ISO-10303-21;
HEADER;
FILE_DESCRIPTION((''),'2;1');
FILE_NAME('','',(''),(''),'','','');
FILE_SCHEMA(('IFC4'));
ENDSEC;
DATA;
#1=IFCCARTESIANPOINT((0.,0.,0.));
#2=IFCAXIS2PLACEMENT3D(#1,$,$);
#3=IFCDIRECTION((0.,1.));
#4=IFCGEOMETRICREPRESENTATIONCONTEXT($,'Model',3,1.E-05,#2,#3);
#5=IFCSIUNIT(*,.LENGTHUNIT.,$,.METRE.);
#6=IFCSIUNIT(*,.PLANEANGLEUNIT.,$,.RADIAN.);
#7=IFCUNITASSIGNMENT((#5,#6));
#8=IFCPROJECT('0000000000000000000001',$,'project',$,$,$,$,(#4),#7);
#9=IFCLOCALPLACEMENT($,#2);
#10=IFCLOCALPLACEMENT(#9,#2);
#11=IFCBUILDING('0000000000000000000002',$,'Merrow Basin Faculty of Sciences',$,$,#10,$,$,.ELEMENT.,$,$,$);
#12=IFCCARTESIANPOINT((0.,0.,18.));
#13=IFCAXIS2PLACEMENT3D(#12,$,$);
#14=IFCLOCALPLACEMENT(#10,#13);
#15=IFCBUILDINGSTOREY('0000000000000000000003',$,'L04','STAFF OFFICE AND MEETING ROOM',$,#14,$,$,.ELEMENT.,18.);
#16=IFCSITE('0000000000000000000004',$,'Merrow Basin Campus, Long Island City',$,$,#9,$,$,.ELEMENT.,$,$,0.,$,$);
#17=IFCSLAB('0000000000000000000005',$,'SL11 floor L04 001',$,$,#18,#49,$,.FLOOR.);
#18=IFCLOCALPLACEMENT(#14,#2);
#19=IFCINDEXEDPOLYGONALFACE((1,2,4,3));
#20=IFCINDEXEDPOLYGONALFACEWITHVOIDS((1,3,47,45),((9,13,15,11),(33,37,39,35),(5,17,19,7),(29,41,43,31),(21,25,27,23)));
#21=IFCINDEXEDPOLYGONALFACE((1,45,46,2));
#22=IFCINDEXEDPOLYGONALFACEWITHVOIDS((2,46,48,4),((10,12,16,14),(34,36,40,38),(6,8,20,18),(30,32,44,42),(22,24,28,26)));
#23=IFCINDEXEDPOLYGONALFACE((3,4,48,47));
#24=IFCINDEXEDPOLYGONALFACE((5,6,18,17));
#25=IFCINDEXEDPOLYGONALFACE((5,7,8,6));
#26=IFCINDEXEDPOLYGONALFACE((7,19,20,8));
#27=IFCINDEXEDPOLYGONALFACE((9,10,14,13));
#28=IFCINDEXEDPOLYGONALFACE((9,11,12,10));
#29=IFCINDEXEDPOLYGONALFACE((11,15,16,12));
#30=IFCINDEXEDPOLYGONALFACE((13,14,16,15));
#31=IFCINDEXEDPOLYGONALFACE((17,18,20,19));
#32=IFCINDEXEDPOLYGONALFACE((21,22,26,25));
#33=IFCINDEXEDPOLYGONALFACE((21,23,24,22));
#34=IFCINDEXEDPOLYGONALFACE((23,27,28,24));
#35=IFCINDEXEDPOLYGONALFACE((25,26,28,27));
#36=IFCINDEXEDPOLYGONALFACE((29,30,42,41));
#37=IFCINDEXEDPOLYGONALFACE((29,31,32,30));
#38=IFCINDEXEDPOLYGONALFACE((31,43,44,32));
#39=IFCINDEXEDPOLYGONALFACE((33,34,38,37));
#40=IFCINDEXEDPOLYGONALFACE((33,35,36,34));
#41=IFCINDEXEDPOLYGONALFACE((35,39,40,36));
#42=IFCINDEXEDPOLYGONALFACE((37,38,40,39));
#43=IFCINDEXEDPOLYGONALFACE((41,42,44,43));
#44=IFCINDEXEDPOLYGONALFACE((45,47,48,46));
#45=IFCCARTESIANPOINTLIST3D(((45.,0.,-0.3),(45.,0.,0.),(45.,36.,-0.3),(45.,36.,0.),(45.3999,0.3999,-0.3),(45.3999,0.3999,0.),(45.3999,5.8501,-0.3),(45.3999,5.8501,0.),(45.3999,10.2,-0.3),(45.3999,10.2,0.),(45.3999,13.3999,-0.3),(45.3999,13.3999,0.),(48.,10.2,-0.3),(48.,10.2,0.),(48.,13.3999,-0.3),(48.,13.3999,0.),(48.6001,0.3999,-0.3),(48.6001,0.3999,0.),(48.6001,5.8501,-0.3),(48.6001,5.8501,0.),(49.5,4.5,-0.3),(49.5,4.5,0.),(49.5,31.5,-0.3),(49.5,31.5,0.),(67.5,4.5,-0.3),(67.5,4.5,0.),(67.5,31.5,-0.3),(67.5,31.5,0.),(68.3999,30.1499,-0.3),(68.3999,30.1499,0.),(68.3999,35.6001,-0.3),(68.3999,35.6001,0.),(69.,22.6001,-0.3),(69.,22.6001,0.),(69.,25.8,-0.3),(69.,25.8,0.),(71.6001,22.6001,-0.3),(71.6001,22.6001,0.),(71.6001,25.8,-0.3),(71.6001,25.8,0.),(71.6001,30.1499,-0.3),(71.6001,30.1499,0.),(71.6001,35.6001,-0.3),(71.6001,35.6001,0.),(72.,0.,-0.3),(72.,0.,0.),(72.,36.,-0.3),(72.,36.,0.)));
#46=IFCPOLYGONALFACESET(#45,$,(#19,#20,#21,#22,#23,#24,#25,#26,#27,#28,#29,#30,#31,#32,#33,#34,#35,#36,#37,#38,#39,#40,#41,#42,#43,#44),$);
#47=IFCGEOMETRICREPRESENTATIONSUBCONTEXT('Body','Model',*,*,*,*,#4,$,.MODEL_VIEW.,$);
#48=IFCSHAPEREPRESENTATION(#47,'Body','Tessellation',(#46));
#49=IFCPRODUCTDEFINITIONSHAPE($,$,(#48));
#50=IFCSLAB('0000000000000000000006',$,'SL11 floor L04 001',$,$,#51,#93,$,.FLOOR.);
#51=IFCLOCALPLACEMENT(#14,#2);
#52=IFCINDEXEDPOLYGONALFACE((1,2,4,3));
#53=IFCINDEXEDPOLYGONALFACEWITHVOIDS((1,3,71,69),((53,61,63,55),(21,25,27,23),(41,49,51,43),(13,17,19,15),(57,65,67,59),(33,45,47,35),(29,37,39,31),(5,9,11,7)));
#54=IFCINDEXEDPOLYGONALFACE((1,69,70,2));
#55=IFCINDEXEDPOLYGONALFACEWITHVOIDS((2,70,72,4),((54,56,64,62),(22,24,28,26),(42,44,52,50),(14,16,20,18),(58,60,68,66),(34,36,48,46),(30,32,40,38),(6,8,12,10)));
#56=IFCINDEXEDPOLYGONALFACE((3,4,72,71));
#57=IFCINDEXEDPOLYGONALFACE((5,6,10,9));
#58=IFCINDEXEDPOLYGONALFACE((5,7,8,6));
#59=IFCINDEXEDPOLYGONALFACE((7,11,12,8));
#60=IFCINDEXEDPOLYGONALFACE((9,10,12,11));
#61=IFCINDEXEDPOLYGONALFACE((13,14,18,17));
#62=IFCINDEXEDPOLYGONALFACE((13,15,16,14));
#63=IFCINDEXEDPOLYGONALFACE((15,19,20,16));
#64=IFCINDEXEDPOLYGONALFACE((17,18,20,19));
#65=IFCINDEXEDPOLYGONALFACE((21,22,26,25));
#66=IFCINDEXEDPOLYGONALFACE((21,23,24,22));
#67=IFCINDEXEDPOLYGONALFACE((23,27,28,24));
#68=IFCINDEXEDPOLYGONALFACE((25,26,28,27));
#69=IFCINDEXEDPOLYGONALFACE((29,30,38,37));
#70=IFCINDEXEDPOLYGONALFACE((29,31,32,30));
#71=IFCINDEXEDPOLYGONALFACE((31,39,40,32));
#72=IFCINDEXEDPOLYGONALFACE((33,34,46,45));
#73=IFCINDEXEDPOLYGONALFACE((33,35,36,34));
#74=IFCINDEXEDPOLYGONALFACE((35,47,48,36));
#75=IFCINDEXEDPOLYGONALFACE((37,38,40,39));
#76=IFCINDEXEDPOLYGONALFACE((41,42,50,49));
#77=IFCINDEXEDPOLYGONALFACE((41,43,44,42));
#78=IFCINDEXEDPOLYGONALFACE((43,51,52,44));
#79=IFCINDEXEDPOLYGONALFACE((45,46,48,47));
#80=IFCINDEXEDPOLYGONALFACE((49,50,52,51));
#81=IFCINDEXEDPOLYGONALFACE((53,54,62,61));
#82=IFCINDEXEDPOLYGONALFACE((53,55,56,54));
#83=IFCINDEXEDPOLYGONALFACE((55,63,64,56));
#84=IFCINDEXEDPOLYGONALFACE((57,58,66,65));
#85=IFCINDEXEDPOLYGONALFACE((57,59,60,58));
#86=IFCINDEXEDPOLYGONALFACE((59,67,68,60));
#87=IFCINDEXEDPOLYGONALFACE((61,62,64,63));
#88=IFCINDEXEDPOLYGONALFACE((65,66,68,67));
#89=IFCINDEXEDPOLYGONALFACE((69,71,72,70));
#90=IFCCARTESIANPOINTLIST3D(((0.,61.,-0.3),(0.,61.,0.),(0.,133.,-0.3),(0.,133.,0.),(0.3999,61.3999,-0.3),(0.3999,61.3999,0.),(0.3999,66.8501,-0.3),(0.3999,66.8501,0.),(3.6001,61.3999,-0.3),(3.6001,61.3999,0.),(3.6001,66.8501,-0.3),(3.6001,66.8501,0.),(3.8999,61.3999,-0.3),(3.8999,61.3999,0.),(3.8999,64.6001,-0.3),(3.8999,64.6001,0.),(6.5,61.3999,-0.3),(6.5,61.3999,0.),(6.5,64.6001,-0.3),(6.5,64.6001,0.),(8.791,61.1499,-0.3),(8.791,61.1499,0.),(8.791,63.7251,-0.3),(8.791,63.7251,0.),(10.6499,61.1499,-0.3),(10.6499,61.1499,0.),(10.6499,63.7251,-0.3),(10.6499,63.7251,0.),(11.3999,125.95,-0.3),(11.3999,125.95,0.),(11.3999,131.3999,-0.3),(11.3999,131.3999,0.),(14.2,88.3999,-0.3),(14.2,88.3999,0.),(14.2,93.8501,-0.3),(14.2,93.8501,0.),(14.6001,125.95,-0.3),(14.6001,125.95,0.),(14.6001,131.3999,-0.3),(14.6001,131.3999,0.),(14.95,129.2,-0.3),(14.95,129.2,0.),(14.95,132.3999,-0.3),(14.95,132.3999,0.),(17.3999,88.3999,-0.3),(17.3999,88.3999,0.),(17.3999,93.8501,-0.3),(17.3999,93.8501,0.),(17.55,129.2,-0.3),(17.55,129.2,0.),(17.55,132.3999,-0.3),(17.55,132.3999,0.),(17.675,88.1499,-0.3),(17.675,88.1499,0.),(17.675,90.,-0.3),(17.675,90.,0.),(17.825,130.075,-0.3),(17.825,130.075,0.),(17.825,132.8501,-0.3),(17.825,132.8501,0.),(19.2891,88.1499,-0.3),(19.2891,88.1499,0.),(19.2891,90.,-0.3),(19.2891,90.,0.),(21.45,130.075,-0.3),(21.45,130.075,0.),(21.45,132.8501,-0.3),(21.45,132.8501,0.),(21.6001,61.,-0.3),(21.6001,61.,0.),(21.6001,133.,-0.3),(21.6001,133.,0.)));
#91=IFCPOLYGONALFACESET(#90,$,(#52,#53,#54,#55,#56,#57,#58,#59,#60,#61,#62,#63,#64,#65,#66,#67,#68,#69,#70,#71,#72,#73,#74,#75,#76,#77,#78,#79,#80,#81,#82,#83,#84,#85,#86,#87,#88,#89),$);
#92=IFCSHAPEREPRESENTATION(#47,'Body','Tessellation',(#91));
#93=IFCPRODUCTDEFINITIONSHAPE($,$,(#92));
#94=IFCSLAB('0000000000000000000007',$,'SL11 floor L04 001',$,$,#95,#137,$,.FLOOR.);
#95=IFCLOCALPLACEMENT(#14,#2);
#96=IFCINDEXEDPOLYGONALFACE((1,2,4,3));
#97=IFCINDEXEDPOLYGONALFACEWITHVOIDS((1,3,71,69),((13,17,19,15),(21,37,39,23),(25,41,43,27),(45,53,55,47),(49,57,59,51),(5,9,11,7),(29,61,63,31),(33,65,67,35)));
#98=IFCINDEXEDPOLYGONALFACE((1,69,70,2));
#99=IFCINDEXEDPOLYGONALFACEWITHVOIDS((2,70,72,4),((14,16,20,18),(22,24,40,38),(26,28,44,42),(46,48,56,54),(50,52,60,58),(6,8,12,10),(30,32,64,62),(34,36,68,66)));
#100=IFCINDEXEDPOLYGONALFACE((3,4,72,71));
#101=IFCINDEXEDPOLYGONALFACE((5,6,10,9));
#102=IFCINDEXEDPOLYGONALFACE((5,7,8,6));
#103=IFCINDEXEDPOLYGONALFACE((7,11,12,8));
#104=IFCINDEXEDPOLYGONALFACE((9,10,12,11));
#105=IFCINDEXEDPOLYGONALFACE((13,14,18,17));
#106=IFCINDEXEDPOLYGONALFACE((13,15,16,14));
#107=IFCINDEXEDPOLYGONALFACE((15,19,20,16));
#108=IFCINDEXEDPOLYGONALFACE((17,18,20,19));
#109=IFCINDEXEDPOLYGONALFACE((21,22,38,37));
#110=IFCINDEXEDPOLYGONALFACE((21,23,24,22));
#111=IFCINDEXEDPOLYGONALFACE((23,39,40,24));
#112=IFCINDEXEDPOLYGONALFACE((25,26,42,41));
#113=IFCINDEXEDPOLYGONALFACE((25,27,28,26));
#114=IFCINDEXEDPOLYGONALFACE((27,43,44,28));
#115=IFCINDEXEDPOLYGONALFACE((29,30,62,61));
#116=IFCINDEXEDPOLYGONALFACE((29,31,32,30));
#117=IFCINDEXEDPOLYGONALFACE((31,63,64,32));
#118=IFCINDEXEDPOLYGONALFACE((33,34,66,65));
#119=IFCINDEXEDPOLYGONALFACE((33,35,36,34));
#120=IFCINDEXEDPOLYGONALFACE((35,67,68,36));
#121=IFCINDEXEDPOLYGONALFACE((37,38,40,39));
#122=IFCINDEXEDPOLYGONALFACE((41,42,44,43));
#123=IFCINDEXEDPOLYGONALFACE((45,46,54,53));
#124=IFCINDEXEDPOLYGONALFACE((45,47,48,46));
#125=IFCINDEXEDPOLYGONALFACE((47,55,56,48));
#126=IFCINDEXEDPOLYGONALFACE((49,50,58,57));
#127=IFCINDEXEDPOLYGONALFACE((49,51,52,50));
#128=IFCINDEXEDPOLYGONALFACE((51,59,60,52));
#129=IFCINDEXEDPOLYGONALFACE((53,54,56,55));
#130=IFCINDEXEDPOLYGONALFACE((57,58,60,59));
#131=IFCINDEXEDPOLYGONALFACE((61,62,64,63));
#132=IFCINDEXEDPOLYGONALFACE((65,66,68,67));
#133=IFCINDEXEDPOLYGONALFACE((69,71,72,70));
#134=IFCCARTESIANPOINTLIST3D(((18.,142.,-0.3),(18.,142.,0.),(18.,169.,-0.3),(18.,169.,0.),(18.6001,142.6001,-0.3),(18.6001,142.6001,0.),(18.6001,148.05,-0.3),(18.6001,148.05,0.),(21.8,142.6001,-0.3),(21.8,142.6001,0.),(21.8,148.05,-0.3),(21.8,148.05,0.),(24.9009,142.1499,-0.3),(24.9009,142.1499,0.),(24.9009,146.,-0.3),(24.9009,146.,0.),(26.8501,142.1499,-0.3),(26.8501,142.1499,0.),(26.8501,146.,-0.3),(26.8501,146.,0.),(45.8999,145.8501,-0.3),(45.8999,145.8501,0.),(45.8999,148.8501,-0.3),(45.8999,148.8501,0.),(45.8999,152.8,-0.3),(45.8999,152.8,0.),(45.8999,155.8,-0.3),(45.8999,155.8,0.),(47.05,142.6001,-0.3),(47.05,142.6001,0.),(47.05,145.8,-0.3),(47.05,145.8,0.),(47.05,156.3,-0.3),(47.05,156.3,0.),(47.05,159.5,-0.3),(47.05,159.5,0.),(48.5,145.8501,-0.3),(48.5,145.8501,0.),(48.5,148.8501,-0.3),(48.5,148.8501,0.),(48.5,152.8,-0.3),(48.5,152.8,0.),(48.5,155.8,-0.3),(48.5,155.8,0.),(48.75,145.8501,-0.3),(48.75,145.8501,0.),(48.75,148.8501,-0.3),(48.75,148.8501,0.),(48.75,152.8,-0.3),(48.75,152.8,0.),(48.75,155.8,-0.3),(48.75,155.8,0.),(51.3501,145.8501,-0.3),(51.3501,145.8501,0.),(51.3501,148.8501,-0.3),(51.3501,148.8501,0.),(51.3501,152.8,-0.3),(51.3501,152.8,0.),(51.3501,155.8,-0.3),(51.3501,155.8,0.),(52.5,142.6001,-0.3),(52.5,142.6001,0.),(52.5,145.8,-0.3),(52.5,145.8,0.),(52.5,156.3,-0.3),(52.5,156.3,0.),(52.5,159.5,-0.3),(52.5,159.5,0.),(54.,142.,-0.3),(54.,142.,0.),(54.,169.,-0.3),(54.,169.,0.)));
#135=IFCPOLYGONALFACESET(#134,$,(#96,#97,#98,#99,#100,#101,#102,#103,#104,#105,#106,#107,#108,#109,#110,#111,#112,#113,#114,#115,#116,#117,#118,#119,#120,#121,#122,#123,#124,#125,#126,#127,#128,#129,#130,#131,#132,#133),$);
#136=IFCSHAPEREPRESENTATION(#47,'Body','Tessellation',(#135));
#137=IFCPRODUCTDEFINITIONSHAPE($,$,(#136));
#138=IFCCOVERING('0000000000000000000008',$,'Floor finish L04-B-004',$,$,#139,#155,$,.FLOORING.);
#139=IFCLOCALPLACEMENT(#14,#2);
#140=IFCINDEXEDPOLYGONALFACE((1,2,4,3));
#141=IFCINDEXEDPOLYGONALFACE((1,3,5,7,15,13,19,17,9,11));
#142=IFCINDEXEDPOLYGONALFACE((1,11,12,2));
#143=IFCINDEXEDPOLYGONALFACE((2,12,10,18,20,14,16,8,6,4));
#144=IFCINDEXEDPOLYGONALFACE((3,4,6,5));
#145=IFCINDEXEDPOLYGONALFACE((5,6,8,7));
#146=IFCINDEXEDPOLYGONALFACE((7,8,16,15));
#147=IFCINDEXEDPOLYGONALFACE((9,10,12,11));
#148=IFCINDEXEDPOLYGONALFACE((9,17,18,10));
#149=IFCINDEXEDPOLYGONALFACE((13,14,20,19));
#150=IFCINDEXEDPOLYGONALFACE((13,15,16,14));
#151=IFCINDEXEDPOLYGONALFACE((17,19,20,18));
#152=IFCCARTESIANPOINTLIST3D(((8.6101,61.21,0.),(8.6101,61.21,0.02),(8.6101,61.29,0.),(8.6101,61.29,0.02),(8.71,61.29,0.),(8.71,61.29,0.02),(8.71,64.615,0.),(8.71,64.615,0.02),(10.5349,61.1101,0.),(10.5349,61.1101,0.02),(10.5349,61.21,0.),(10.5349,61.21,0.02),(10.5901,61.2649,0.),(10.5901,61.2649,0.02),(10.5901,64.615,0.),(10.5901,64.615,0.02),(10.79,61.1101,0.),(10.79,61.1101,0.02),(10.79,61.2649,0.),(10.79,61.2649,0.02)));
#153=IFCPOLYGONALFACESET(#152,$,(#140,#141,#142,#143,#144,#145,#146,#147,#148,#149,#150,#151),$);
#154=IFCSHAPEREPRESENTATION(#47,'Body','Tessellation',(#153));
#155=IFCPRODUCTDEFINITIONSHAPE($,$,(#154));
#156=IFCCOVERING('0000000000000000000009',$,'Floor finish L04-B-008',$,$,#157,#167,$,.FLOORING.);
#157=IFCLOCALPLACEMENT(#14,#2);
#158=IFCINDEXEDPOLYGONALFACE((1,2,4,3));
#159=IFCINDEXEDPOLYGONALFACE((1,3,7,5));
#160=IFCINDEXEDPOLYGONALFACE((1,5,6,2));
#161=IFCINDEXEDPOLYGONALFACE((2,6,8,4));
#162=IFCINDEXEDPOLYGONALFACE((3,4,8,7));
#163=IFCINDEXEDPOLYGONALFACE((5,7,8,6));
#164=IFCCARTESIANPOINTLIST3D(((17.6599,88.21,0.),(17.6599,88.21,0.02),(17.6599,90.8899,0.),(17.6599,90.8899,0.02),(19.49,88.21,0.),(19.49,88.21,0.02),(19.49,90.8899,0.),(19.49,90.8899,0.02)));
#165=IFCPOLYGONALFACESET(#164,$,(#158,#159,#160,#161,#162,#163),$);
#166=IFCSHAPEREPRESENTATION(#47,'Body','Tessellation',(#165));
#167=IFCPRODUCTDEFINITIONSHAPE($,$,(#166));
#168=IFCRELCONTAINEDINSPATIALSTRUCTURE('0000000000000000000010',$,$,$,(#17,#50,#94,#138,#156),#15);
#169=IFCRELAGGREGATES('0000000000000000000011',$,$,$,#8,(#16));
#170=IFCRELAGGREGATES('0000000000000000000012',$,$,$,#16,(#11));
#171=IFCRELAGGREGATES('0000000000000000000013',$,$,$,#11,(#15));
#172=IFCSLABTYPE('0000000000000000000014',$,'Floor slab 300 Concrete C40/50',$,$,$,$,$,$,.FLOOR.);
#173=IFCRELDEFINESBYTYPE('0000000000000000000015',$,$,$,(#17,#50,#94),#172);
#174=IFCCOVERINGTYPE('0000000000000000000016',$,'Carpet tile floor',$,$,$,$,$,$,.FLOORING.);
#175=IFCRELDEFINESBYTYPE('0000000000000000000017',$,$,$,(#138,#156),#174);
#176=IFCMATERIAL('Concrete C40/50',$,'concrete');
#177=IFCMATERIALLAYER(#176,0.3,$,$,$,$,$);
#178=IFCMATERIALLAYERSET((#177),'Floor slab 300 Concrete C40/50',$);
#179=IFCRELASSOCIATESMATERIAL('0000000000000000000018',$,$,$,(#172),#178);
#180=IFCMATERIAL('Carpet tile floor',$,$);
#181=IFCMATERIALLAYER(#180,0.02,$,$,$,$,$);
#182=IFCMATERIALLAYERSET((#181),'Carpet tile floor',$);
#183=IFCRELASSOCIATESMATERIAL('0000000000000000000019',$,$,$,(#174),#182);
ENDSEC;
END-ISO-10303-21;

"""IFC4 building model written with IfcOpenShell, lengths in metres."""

from ifc_helpers import new_model, si_unit, direction, frame, origin, place, context, subcontext, project, spatial, polyline, outline, extrude, material, layer, layer_set, type_object, element, save


model = new_model("IFC4")

# Units and contexts
model_context = context("Model", 3, precision=1e-05, world=origin(), true_north=direction((0.0, 1.0)))
body_context = subcontext(model_context, "Body", "Model", "MODEL_VIEW")
ifc_project = project(units=[si_unit("LENGTHUNIT", "METRE"), si_unit("PLANEANGLEUNIT", "RADIAN")], contexts=[model_context])

# Site, building, storey
site_placement = place(None, origin())
site = spatial("IfcSite", under=ifc_project, at=site_placement, Name="Merrow Basin Campus, Long Island City", CompositionType="ELEMENT", RefElevation=0.0)
building_placement = place(site_placement, origin())
building = spatial("IfcBuilding", under=site, at=building_placement, Name="Merrow Basin Faculty of Sciences", CompositionType="ELEMENT")
storey_placement = place(building_placement, frame((0.0, 0.0, 18.0)))
storey = spatial("IfcBuildingStorey", under=building, at=storey_placement, Name="L04", Description="STAFF OFFICE AND MEETING ROOM", CompositionType="ELEMENT", Elevation=18.0)

# Slabs
ifc_material_1 = material(Name="Concrete C40/50", Category="concrete")
ifc_layer_1 = layer(ifc_material_1, 0.3)
ifc_layer_set_1 = layer_set([ifc_layer_1], Name="Floor slab 300 Concrete C40/50")
slab_type = type_object("IfcSlabType", Name="Floor slab 300 Concrete C40/50", PredefinedType="FLOOR", material=ifc_layer_set_1)
slab_1_placement = place(storey_placement, frame((0.0, 0.0, -0.3)))
element("IfcSlab", 1, at=slab_1_placement, inside=storey, type_object=slab_type, Name="SL11 floor L04 001", PredefinedType="FLOOR", context=body_context, shape_type="SweptSolid", body=[
    extrude(outline(polyline([(72.0, 36.0), (72.0, 0.0), (45.0, 0.0), (45.0, 36.0), (72.0, 36.0)]), holes=[polyline([(71.6001, 22.6001), (71.6001, 25.8), (69.0, 25.8), (69.0, 22.6001), (71.6001, 22.6001)]), polyline([(71.6001, 30.1499), (71.6001, 35.6001), (68.3999, 35.6001), (68.3999, 30.1499), (71.6001, 30.1499)]), polyline([(49.5, 4.5), (67.5, 4.5), (67.5, 31.5), (49.5, 31.5), (49.5, 4.5)]), polyline([(48.6001, 0.3999), (48.6001, 5.8501), (45.3999, 5.8501), (45.3999, 0.3999), (48.6001, 0.3999)]), polyline([(48.0, 10.2), (48.0, 13.3999), (45.3999, 13.3999), (45.3999, 10.2), (48.0, 10.2)])]), origin(), (0.0, 0.0, 1.0), 0.3),
])
slab_2_placement = place(storey_placement, frame((0.0, 0.0, -0.3)))
element("IfcSlab", 2, at=slab_2_placement, inside=storey, type_object=slab_type, Name="SL11 floor L04 001", PredefinedType="FLOOR", context=body_context, shape_type="SweptSolid", body=[
    extrude(outline(polyline([(0.0, 133.0), (21.6001, 133.0), (21.6001, 61.0), (0.0, 61.0), (0.0, 133.0)]), holes=[polyline([(17.825, 130.075), (21.45, 130.075), (21.45, 132.8501), (17.825, 132.8501), (17.825, 130.075)]), polyline([(17.675, 88.1499), (19.2891, 88.1499), (19.2891, 90.0), (17.675, 90.0), (17.675, 88.1499)]), polyline([(14.95, 129.2), (17.55, 129.2), (17.55, 132.3999), (14.95, 132.3999), (14.95, 129.2)]), polyline([(14.2, 88.3999), (17.3999, 88.3999), (17.3999, 93.8501), (14.2, 93.8501), (14.2, 88.3999)]), polyline([(11.3999, 125.95), (14.6001, 125.95), (14.6001, 131.3999), (11.3999, 131.3999), (11.3999, 125.95)]), polyline([(8.791, 61.1499), (10.6499, 61.1499), (10.6499, 63.7251), (8.791, 63.7251), (8.791, 61.1499)]), polyline([(3.8999, 61.3999), (6.5, 61.3999), (6.5, 64.6001), (3.8999, 64.6001), (3.8999, 61.3999)]), polyline([(0.3999, 61.3999), (3.6001, 61.3999), (3.6001, 66.8501), (0.3999, 66.8501), (0.3999, 61.3999)])]), origin(), (0.0, 0.0, 1.0), 0.3),
])
slab_3_placement = place(storey_placement, frame((0.0, 0.0, -0.3)))
element("IfcSlab", 3, at=slab_3_placement, inside=storey, type_object=slab_type, Name="SL11 floor L04 001", PredefinedType="FLOOR", context=body_context, shape_type="SweptSolid", body=[
    extrude(outline(polyline([(18.0, 169.0), (54.0, 169.0), (54.0, 142.0), (18.0, 142.0), (18.0, 169.0)]), holes=[polyline([(47.05, 142.6001), (52.5, 142.6001), (52.5, 145.8), (47.05, 145.8), (47.05, 142.6001)]), polyline([(47.05, 156.3), (52.5, 156.3), (52.5, 159.5), (47.05, 159.5), (47.05, 156.3)]), polyline([(48.75, 145.8501), (51.3501, 145.8501), (51.3501, 148.8501), (48.75, 148.8501), (48.75, 145.8501)]), polyline([(48.75, 152.8), (51.3501, 152.8), (51.3501, 155.8), (48.75, 155.8), (48.75, 152.8)]), polyline([(45.8999, 145.8501), (48.5, 145.8501), (48.5, 148.8501), (45.8999, 148.8501), (45.8999, 145.8501)]), polyline([(45.8999, 152.8), (48.5, 152.8), (48.5, 155.8), (45.8999, 155.8), (45.8999, 152.8)]), polyline([(24.9009, 142.1499), (26.8501, 142.1499), (26.8501, 146.0), (24.9009, 146.0), (24.9009, 142.1499)]), polyline([(18.6001, 142.6001), (21.8, 142.6001), (21.8, 148.05), (18.6001, 148.05), (18.6001, 142.6001)])]), origin(), (0.0, 0.0, 1.0), 0.3),
])

# Coverings
ifc_material_2 = material(Name="Carpet tile floor")
ifc_layer_2 = layer(ifc_material_2, 0.02)
ifc_layer_set_2 = layer_set([ifc_layer_2], Name="Carpet tile floor")
covering_type_1 = type_object("IfcCoveringType", Name="Carpet tile floor", PredefinedType="FLOORING", material=ifc_layer_set_2)
covering_1_placement = place(storey_placement, origin())
element("IfcCovering", 4, at=covering_1_placement, inside=storey, type_object=covering_type_1, Name="Floor finish L04-B-004", PredefinedType="FLOORING", context=body_context, shape_type="SweptSolid", body=[
    extrude(outline(polyline([(10.5901, 64.615), (10.5901, 61.2649), (10.79, 61.2649), (10.79, 61.1101), (10.5349, 61.1101), (10.5349, 61.21), (8.6101, 61.21), (8.6101, 61.29), (8.71, 61.29), (8.71, 64.615), (10.5901, 64.615)])), origin(), (0.0, 0.0, 1.0), 0.02),
])
covering_2_placement = place(storey_placement, origin())
element("IfcCovering", 5, at=covering_2_placement, inside=storey, type_object=covering_type_1, Name="Floor finish L04-B-008", PredefinedType="FLOORING", context=body_context, shape_type="SweptSolid", body=[
    extrude(outline(polyline([(17.6599, 88.21), (17.6599, 90.8899), (19.49, 90.8899), (19.49, 88.21), (17.6599, 88.21)])), origin(), (0.0, 0.0, 1.0), 0.02),
])

save(model, "model.ifc")
